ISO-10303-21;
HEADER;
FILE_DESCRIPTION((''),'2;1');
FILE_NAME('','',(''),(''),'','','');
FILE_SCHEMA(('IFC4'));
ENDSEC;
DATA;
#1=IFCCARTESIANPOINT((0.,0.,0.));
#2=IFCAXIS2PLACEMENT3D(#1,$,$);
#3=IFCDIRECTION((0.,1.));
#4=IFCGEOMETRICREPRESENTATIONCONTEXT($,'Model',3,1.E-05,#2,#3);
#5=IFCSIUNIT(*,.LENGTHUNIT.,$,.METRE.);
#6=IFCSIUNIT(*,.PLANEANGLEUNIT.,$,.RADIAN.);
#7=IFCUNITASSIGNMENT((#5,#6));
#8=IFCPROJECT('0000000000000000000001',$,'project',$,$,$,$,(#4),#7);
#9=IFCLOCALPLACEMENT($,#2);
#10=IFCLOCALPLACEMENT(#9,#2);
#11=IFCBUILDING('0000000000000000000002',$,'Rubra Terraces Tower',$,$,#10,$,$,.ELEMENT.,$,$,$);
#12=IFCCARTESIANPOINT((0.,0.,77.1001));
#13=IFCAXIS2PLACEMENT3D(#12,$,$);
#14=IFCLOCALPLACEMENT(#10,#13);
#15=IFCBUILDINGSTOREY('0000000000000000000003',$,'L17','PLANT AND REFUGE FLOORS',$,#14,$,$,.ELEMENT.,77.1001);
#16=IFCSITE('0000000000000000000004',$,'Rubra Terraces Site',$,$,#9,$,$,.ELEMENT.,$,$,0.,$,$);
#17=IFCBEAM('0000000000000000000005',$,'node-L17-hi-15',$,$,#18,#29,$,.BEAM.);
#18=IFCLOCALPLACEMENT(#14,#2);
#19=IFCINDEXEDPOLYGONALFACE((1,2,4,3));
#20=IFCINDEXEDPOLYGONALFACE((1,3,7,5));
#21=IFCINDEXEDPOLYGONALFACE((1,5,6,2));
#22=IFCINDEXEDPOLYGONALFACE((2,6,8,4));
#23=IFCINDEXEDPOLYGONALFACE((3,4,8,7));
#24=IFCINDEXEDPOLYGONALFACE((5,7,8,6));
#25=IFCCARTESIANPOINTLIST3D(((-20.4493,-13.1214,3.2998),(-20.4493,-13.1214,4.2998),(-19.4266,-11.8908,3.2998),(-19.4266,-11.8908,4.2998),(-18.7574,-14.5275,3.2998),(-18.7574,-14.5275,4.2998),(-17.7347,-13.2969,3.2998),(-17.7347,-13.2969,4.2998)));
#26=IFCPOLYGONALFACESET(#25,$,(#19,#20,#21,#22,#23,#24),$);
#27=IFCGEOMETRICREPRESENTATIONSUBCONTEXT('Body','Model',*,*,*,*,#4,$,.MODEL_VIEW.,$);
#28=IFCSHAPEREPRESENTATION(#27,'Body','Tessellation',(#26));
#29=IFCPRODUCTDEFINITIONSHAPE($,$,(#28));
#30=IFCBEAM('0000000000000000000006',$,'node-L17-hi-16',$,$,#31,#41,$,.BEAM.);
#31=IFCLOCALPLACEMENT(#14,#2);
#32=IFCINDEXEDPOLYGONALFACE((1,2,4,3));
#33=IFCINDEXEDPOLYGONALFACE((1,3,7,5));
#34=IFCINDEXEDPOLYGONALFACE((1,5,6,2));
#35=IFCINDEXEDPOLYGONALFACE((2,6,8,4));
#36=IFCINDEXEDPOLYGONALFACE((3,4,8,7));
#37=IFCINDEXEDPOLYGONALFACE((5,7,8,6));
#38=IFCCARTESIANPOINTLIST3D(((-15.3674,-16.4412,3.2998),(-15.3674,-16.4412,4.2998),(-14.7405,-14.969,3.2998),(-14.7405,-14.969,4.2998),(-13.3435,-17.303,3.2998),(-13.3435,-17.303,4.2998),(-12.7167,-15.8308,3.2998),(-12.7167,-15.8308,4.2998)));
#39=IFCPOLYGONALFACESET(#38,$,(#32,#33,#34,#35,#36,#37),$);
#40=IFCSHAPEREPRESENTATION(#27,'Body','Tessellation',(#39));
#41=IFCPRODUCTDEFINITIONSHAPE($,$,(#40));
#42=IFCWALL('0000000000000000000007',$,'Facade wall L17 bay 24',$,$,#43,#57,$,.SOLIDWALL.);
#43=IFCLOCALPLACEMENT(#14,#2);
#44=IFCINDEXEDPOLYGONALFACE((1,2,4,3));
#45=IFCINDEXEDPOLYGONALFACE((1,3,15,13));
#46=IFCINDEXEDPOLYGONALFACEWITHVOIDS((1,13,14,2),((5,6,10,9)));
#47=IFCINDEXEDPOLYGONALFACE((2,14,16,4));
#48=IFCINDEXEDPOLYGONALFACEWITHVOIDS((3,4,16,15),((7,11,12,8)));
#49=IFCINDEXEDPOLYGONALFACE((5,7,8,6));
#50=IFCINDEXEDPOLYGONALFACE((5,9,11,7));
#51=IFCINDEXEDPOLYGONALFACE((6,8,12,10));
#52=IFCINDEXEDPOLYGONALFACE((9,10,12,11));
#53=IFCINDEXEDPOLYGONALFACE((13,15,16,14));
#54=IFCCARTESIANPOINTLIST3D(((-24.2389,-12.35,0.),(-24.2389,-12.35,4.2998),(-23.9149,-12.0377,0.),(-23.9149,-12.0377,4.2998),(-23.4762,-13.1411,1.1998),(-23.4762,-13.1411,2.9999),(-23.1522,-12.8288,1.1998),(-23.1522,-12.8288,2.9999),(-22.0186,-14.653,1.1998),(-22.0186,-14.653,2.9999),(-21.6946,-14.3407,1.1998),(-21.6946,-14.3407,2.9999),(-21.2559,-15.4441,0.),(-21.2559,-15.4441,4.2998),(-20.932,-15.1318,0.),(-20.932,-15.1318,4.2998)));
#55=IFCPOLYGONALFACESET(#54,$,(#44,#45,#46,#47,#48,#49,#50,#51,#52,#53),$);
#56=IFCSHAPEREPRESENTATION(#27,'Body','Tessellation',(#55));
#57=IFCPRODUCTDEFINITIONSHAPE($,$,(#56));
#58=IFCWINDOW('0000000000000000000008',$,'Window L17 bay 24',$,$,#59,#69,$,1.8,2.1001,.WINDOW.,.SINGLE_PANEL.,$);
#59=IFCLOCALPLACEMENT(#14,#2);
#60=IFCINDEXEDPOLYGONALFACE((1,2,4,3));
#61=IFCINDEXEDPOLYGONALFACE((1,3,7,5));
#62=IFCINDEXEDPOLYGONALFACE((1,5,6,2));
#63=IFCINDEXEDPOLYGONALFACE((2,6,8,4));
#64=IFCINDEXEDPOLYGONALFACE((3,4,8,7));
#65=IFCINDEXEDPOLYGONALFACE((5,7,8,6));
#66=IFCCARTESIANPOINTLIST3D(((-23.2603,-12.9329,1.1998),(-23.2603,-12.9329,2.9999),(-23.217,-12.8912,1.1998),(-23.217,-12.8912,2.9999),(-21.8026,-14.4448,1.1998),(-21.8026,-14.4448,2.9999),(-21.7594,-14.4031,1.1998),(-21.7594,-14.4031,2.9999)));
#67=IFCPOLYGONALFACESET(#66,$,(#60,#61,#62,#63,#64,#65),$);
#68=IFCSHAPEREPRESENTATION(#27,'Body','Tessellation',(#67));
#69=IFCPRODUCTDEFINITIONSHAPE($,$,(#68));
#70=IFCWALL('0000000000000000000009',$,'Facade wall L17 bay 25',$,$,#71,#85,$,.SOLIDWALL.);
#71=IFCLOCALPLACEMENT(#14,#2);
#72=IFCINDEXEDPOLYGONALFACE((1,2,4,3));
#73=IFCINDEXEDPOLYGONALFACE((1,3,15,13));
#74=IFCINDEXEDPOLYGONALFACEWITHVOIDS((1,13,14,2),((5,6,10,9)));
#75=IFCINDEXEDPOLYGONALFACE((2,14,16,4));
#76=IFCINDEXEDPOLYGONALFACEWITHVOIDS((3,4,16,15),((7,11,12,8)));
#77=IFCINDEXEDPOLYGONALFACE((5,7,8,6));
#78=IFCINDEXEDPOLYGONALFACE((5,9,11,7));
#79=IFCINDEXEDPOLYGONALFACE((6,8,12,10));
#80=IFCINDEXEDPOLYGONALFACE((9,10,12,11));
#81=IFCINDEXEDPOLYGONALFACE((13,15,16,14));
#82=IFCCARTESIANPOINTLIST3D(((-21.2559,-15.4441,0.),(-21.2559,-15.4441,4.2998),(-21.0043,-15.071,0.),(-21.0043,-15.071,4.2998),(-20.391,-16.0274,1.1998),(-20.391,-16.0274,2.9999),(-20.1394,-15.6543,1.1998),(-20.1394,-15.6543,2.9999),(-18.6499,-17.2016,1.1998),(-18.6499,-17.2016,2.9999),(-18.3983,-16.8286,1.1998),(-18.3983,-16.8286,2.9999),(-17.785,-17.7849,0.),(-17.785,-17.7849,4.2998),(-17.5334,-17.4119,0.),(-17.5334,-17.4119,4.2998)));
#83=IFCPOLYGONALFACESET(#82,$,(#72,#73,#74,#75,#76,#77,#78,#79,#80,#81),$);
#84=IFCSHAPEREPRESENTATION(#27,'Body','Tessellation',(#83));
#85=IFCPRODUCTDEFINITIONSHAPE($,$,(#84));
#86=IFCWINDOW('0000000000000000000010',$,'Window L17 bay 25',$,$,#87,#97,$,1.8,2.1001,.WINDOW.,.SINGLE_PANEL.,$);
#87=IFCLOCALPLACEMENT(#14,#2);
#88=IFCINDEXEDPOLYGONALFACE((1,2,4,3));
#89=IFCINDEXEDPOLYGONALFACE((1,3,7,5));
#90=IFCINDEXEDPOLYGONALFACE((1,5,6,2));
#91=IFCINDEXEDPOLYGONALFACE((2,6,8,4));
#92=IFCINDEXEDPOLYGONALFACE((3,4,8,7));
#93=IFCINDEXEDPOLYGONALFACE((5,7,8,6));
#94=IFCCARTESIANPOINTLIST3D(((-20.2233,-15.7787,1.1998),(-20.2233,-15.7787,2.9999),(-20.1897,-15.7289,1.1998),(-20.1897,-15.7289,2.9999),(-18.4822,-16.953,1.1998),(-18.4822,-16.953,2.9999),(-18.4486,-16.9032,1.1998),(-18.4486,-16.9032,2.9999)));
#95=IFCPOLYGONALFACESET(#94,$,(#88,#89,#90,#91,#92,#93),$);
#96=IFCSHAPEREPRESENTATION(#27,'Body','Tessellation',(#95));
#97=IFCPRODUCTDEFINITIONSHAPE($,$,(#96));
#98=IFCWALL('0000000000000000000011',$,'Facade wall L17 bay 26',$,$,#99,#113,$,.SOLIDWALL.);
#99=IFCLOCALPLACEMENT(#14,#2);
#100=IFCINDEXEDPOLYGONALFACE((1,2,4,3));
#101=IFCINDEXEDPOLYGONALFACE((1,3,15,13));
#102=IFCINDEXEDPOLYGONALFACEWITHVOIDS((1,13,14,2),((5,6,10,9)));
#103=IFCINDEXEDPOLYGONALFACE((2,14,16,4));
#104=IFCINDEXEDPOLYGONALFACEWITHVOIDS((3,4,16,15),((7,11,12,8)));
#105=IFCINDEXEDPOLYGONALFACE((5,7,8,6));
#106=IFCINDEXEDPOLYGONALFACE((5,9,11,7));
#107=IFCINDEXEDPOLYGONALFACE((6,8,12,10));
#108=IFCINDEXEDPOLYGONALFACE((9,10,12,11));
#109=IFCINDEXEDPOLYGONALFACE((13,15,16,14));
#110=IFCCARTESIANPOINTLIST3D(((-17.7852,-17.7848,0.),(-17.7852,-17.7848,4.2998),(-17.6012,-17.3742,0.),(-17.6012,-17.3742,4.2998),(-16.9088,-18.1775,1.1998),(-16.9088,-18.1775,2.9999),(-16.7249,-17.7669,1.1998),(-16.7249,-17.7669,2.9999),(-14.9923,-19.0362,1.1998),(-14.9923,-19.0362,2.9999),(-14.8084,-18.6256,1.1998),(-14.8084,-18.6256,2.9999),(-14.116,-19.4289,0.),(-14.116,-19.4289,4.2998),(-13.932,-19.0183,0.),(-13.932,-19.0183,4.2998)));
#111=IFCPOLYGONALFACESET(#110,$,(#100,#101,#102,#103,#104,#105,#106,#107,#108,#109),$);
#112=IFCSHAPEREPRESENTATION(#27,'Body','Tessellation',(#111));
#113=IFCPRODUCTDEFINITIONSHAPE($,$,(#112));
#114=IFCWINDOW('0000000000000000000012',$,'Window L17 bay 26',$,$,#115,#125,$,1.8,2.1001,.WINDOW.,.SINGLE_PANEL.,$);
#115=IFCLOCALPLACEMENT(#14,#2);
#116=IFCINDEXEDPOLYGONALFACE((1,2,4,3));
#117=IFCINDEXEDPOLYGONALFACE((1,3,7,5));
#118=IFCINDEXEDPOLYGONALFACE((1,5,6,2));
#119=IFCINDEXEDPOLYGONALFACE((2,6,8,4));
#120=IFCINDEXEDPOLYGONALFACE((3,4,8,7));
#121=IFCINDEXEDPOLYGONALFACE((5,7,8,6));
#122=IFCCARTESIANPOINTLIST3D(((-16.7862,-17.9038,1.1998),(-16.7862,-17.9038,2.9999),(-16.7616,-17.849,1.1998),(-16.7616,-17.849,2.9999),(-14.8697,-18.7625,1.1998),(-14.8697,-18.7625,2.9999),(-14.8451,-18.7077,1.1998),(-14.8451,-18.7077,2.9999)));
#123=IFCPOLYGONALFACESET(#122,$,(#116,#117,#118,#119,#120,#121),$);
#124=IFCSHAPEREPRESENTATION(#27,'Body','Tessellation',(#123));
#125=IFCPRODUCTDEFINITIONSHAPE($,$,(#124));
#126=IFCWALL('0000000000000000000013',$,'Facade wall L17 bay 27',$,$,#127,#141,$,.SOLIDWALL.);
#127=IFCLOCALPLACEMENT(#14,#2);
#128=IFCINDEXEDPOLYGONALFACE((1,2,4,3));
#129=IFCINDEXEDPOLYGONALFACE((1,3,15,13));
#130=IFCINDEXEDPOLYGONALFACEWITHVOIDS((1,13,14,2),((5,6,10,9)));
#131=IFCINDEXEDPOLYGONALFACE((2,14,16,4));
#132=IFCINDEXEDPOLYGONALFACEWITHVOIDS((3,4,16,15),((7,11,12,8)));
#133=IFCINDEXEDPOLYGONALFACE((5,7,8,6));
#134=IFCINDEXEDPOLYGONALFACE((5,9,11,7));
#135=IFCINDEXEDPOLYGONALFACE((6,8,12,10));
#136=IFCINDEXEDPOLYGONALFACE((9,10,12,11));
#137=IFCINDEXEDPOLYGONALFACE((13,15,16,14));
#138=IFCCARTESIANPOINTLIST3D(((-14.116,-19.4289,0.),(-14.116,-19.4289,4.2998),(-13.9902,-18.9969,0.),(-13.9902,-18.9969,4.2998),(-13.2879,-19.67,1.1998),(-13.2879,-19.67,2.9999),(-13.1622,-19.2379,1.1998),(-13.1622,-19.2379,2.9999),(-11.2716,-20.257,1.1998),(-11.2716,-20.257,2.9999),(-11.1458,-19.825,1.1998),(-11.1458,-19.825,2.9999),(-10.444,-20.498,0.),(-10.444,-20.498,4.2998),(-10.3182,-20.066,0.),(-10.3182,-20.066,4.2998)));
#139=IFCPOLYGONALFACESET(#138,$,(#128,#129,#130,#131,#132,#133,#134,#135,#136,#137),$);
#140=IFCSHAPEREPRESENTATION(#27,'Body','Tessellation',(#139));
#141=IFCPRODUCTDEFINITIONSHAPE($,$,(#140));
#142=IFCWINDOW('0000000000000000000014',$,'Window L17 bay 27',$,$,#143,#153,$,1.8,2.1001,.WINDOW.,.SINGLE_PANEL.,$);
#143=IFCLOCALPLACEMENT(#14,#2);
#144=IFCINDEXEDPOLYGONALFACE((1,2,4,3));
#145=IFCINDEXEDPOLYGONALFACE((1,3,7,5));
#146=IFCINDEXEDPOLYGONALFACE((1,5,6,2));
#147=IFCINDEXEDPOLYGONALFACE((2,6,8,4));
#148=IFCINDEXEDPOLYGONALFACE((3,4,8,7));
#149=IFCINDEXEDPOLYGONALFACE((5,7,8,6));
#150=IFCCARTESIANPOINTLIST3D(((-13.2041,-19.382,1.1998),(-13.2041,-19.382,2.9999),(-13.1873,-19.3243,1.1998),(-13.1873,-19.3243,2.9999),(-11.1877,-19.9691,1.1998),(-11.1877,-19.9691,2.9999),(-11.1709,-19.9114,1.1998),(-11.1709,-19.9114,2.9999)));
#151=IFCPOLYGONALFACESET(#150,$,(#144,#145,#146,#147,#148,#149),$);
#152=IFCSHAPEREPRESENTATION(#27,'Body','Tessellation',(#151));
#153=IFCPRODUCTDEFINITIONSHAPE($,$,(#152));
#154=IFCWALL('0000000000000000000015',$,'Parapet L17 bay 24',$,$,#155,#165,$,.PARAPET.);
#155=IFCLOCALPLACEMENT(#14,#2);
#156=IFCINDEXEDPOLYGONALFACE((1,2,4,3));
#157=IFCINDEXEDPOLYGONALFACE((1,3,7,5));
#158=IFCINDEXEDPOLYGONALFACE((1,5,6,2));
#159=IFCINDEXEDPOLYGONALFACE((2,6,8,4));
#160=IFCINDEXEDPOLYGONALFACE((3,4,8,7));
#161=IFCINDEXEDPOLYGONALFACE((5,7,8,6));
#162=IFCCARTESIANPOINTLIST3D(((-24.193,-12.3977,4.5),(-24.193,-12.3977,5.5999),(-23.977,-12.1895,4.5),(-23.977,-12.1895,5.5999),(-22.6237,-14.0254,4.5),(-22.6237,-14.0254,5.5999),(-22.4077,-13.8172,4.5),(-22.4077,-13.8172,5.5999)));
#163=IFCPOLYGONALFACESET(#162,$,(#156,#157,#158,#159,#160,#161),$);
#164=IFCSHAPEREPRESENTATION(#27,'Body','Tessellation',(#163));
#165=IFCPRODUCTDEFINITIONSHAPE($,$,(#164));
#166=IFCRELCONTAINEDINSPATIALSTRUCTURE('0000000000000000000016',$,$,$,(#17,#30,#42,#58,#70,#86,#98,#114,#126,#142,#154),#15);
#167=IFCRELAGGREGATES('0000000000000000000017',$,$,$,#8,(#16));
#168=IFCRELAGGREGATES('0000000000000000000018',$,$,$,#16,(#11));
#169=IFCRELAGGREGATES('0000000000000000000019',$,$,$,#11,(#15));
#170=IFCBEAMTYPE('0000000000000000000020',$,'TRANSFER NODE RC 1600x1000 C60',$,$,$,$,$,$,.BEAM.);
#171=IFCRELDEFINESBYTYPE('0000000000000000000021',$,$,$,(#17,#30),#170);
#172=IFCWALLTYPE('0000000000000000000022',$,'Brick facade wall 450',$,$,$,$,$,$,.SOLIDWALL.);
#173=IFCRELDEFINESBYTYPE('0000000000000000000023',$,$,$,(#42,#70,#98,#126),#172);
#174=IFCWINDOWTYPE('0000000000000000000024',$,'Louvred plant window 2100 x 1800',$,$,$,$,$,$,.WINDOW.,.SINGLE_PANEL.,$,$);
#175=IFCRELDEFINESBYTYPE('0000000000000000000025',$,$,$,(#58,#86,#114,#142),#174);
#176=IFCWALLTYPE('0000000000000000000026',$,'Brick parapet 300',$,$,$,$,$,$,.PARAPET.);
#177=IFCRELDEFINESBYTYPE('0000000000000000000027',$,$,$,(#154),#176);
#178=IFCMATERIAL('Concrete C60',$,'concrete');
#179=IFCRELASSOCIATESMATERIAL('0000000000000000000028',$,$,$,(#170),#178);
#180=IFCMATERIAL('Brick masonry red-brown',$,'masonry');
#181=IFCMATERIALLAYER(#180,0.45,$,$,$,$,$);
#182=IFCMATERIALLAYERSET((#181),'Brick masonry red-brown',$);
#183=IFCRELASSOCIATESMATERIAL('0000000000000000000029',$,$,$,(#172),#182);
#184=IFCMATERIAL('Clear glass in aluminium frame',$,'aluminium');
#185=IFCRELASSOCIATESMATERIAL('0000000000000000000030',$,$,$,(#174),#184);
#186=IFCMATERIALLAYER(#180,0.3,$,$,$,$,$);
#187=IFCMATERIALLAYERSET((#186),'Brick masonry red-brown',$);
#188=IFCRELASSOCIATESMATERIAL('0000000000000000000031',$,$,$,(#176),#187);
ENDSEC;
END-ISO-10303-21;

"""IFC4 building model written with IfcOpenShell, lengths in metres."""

from ifc_helpers import new_model, si_unit, direction, frame, frame_2d, origin, origin_2d, place, context, subcontext, project, spatial, rectangle, extrude, material, layer, layer_set, material_profile, profile_set, type_object, element, fill, save


model = new_model("IFC4")

# Units and contexts
model_context = context("Model", 3, precision=1e-05, world=origin(), true_north=direction((0.0, 1.0)))
body_context = subcontext(model_context, "Body", "Model", "MODEL_VIEW")
ifc_project = project(units=[si_unit("LENGTHUNIT", "METRE"), si_unit("PLANEANGLEUNIT", "RADIAN")], contexts=[model_context])

# Site, building, storey
site_placement = place(None, origin())
site = spatial("IfcSite", under=ifc_project, at=site_placement, Name="Rubra Terraces Site", CompositionType="ELEMENT", RefElevation=0.0)
building_placement = place(site_placement, origin())
building = spatial("IfcBuilding", under=site, at=building_placement, Name="Rubra Terraces Tower", CompositionType="ELEMENT")
storey_placement = place(building_placement, frame((0.0, 0.0, 77.1001)))
storey = spatial("IfcBuildingStorey", under=building, at=storey_placement, Name="L17", Description="PLANT AND REFUGE FLOORS", CompositionType="ELEMENT", Elevation=77.1001)

# Shared definitions
ifc_material_1 = material(Name="Concrete C60", Category="concrete")

# Beams
ifc_material_profile_1 = material_profile(ifc_material_1, rectangle(XDim=1.6001, YDim=1.0, at=origin_2d()), Name="RC 1600x1000")
ifc_profile_set_1 = profile_set([ifc_material_profile_1], Name="Concrete C60")
beam_type_1 = type_object("IfcBeamType", Name="TRANSFER NODE RC 1600x1000 C60", PredefinedType="BEAM", material=ifc_profile_set_1)
beam_1_placement = place(storey_placement, frame((-19.938, -12.5061, 3.7998), z_axis=(0.769094, -0.639136, 0.0), x_axis=(0.639136, 0.769094, 0.0)))
element("IfcBeam", 1, at=beam_1_placement, inside=storey, type_object=beam_type_1, Name="node-L17-hi-15", PredefinedType="BEAM", context=body_context, shape_type="SweptSolid", body=[
    extrude(rectangle(XDim=1.6001, YDim=1.0, at=origin_2d()), origin(), (0.0, 0.0, 1.0), 2.2),
])
beam_2_placement = place(storey_placement, frame((-15.054, -15.7051, 3.7998), z_axis=(0.920061, -0.391775, 0.0), x_axis=(0.391775, 0.920061, 0.0)))
element("IfcBeam", 2, at=beam_2_placement, inside=storey, type_object=beam_type_1, Name="node-L17-hi-16", PredefinedType="BEAM", context=body_context, shape_type="SweptSolid", body=[
    extrude(rectangle(XDim=1.6001, YDim=1.0, at=origin_2d()), origin(), (0.0, 0.0, 1.0), 2.1997),
])

# Walls, openings, windows
ifc_material_2 = material(Name="Brick masonry red-brown", Category="masonry")
ifc_layer_1 = layer(ifc_material_2, 0.45)
ifc_layer_set_1 = layer_set([ifc_layer_1], Name="Brick masonry red-brown")
wall_type_1 = type_object("IfcWallType", Name="Brick facade wall 450", PredefinedType="SOLIDWALL", material=ifc_layer_set_1)
wall_1_placement = place(storey_placement, frame((-24.0769, -12.1938, 0.0), z_axis=(0.0, 0.0, 1.0), x_axis=(0.694065, -0.719912, 0.0)))
wall_1 = element("IfcWall", 3, at=wall_1_placement, inside=storey, type_object=wall_type_1, Name="Facade wall L17 bay 24", PredefinedType="SOLIDWALL", context=body_context, shape_type="SweptSolid", body=[
    extrude(rectangle(XDim=4.2979, YDim=0.45, at=frame_2d((2.1489, 0.0))), origin(), (0.0, 0.0, 1.0), 4.2998),
])
opening_1_placement = place(wall_1_placement, frame((1.0989, 0.0, 1.2)))
opening_1 = element("IfcOpeningElement", 4, at=opening_1_placement, cuts=wall_1, PredefinedType="OPENING", context=body_context, shape_type="SweptSolid", body=[
    extrude(rectangle(XDim=2.1001, YDim=1.8, at=frame_2d((1.05, 0.8999))), frame((0.0, 0.2349, 0.0), z_axis=(0.0, -1.0, 0.0), x_axis=(1.0, 0.0, 0.0)), (0.0, 0.0, 1.0), 0.47),
])
ifc_material_3 = material(Name="Clear glass in aluminium frame", Category="aluminium")
window_type = type_object("IfcWindowType", Name="Louvred plant window 2100 x 1800", PartitioningType="SINGLE_PANEL", PredefinedType="WINDOW", material=ifc_material_3)
window_1_placement = place(opening_1_placement, origin())
window_1 = element("IfcWindow", 5, at=window_1_placement, inside=storey, type_object=window_type, Name="Window L17 bay 24", OverallHeight=1.8, OverallWidth=2.1001, PartitioningType="SINGLE_PANEL", PredefinedType="WINDOW", context=body_context, shape_type="SweptSolid", body=[
    extrude(rectangle(XDim=2.1001, YDim=1.8, at=frame_2d((1.05, 0.8999))), frame((0.0, 0.135, 0.0), z_axis=(0.0, -1.0, 0.0), x_axis=(1.0, 0.0, 0.0)), (0.0, 0.0, 1.0), 0.0601),
])
fill(opening_1, window_1)
wall_2_placement = place(storey_placement, frame((-21.1301, -15.2576, 0.0), z_axis=(0.0, 0.0, 1.0), x_axis=(0.829078, -0.559133, 0.0)))
wall_2 = element("IfcWall", 6, at=wall_2_placement, inside=storey, type_object=wall_type_1, Name="Facade wall L17 bay 25", PredefinedType="SOLIDWALL", context=body_context, shape_type="SweptSolid", body=[
    extrude(rectangle(XDim=4.1865, YDim=0.45, at=frame_2d((2.0933, 0.0))), origin(), (0.0, 0.0, 1.0), 4.2998),
])
opening_2_placement = place(wall_2_placement, frame((1.0432, 0.0, 1.2)))
opening_2 = element("IfcOpeningElement", 7, at=opening_2_placement, cuts=wall_2, PredefinedType="OPENING", context=body_context, shape_type="SweptSolid", body=[
    extrude(rectangle(XDim=2.1001, YDim=1.8, at=frame_2d((1.05, 0.8999))), frame((0.0, 0.2349, 0.0), z_axis=(0.0, -1.0, 0.0), x_axis=(1.0, 0.0, 0.0)), (0.0, 0.0, 1.0), 0.47),
])
window_2_placement = place(opening_2_placement, origin())
window_2 = element("IfcWindow", 8, at=window_2_placement, inside=storey, type_object=window_type, Name="Window L17 bay 25", OverallHeight=1.8, OverallWidth=2.1001, PartitioningType="SINGLE_PANEL", PredefinedType="WINDOW", context=body_context, shape_type="SweptSolid", body=[
    extrude(rectangle(XDim=2.1001, YDim=1.8, at=frame_2d((1.05, 0.8999))), frame((0.0, 0.135, 0.0), z_axis=(0.0, -1.0, 0.0), x_axis=(1.0, 0.0, 0.0)), (0.0, 0.0, 1.0), 0.0601),
])
fill(opening_2, window_2)
wall_3_placement = place(storey_placement, frame((-17.6931, -17.5796, 0.0), z_axis=(0.0, 0.0, 1.0), x_axis=(0.91258, -0.408897, 0.0)))
wall_3 = element("IfcWall", 9, at=wall_3_placement, inside=storey, type_object=wall_type_1, Name="Facade wall L17 bay 26", PredefinedType="SOLIDWALL", context=body_context, shape_type="SweptSolid", body=[
    extrude(rectangle(XDim=4.0208, YDim=0.45, at=frame_2d((2.0103, 0.0))), origin(), (0.0, 0.0, 1.0), 4.2998),
])
opening_3_placement = place(wall_3_placement, frame((0.9602, 0.0, 1.2)))
opening_3 = element("IfcOpeningElement", 10, at=opening_3_placement, cuts=wall_3, PredefinedType="OPENING", context=body_context, shape_type="SweptSolid", body=[
    extrude(rectangle(XDim=2.1001, YDim=1.8, at=frame_2d((1.05, 0.8999))), frame((0.0, 0.2349, 0.0), z_axis=(0.0, -1.0, 0.0), x_axis=(1.0, 0.0, 0.0)), (0.0, 0.0, 1.0), 0.47),
])
window_3_placement = place(opening_3_placement, origin())
window_3 = element("IfcWindow", 11, at=window_3_placement, inside=storey, type_object=window_type, Name="Window L17 bay 26", OverallHeight=1.8, OverallWidth=2.1001, PartitioningType="SINGLE_PANEL", PredefinedType="WINDOW", context=body_context, shape_type="SweptSolid", body=[
    extrude(rectangle(XDim=2.1001, YDim=1.8, at=frame_2d((1.05, 0.8999))), frame((0.0, 0.135, 0.0), z_axis=(0.0, -1.0, 0.0), x_axis=(1.0, 0.0, 0.0)), (0.0, 0.0, 1.0), 0.0601),
])
fill(opening_3, window_3)
wall_4_placement = place(storey_placement, frame((-14.053, -19.2129, 0.0), z_axis=(0.0, 0.0, 1.0), x_axis=(0.960131, -0.279549, 0.0)))
wall_4 = element("IfcWall", 12, at=wall_4_placement, inside=storey, type_object=wall_type_1, Name="Facade wall L17 bay 27", PredefinedType="SOLIDWALL", context=body_context, shape_type="SweptSolid", body=[
    extrude(rectangle(XDim=3.8245, YDim=0.45, at=frame_2d((1.9121, 0.0))), origin(), (0.0, 0.0, 1.0), 4.2998),
])
opening_4_placement = place(wall_4_placement, frame((0.8623, 0.0, 1.2)))
opening_4 = element("IfcOpeningElement", 13, at=opening_4_placement, cuts=wall_4, PredefinedType="OPENING", context=body_context, shape_type="SweptSolid", body=[
    extrude(rectangle(XDim=2.1001, YDim=1.8, at=frame_2d((1.05, 0.8999))), frame((0.0, 0.2349, 0.0), z_axis=(0.0, -1.0, 0.0), x_axis=(1.0, 0.0, 0.0)), (0.0, 0.0, 1.0), 0.47),
])
window_4_placement = place(opening_4_placement, origin())
window_4 = element("IfcWindow", 14, at=window_4_placement, inside=storey, type_object=window_type, Name="Window L17 bay 27", OverallHeight=1.8, OverallWidth=2.1001, PartitioningType="SINGLE_PANEL", PredefinedType="WINDOW", context=body_context, shape_type="SweptSolid", body=[
    extrude(rectangle(XDim=2.1001, YDim=1.8, at=frame_2d((1.05, 0.8999))), frame((0.0, 0.135, 0.0), z_axis=(0.0, -1.0, 0.0), x_axis=(1.0, 0.0, 0.0)), (0.0, 0.0, 1.0), 0.0601),
])
fill(opening_4, window_4)

# Wall
ifc_layer_2 = layer(ifc_material_2, 0.3)
ifc_layer_set_2 = layer_set([ifc_layer_2], Name="Brick masonry red-brown")
wall_type_2 = type_object("IfcWallType", Name="Brick parapet 300", PredefinedType="PARAPET", material=ifc_layer_set_2)
wall_5_placement = place(storey_placement, frame((-24.085, -12.2937, 4.5), z_axis=(0.0, 0.0, 1.0), x_axis=(0.694086, -0.719892, 0.0)))
element("IfcWall", 15, at=wall_5_placement, inside=storey, type_object=wall_type_2, Name="Parapet L17 bay 24", PredefinedType="PARAPET", context=body_context, shape_type="SweptSolid", body=[
    extrude(rectangle(XDim=2.261, YDim=0.3, at=frame_2d((1.1304, 0.0))), origin(), (0.0, 0.0, 1.0), 1.0999),
])

save(model, "model.ifc")
